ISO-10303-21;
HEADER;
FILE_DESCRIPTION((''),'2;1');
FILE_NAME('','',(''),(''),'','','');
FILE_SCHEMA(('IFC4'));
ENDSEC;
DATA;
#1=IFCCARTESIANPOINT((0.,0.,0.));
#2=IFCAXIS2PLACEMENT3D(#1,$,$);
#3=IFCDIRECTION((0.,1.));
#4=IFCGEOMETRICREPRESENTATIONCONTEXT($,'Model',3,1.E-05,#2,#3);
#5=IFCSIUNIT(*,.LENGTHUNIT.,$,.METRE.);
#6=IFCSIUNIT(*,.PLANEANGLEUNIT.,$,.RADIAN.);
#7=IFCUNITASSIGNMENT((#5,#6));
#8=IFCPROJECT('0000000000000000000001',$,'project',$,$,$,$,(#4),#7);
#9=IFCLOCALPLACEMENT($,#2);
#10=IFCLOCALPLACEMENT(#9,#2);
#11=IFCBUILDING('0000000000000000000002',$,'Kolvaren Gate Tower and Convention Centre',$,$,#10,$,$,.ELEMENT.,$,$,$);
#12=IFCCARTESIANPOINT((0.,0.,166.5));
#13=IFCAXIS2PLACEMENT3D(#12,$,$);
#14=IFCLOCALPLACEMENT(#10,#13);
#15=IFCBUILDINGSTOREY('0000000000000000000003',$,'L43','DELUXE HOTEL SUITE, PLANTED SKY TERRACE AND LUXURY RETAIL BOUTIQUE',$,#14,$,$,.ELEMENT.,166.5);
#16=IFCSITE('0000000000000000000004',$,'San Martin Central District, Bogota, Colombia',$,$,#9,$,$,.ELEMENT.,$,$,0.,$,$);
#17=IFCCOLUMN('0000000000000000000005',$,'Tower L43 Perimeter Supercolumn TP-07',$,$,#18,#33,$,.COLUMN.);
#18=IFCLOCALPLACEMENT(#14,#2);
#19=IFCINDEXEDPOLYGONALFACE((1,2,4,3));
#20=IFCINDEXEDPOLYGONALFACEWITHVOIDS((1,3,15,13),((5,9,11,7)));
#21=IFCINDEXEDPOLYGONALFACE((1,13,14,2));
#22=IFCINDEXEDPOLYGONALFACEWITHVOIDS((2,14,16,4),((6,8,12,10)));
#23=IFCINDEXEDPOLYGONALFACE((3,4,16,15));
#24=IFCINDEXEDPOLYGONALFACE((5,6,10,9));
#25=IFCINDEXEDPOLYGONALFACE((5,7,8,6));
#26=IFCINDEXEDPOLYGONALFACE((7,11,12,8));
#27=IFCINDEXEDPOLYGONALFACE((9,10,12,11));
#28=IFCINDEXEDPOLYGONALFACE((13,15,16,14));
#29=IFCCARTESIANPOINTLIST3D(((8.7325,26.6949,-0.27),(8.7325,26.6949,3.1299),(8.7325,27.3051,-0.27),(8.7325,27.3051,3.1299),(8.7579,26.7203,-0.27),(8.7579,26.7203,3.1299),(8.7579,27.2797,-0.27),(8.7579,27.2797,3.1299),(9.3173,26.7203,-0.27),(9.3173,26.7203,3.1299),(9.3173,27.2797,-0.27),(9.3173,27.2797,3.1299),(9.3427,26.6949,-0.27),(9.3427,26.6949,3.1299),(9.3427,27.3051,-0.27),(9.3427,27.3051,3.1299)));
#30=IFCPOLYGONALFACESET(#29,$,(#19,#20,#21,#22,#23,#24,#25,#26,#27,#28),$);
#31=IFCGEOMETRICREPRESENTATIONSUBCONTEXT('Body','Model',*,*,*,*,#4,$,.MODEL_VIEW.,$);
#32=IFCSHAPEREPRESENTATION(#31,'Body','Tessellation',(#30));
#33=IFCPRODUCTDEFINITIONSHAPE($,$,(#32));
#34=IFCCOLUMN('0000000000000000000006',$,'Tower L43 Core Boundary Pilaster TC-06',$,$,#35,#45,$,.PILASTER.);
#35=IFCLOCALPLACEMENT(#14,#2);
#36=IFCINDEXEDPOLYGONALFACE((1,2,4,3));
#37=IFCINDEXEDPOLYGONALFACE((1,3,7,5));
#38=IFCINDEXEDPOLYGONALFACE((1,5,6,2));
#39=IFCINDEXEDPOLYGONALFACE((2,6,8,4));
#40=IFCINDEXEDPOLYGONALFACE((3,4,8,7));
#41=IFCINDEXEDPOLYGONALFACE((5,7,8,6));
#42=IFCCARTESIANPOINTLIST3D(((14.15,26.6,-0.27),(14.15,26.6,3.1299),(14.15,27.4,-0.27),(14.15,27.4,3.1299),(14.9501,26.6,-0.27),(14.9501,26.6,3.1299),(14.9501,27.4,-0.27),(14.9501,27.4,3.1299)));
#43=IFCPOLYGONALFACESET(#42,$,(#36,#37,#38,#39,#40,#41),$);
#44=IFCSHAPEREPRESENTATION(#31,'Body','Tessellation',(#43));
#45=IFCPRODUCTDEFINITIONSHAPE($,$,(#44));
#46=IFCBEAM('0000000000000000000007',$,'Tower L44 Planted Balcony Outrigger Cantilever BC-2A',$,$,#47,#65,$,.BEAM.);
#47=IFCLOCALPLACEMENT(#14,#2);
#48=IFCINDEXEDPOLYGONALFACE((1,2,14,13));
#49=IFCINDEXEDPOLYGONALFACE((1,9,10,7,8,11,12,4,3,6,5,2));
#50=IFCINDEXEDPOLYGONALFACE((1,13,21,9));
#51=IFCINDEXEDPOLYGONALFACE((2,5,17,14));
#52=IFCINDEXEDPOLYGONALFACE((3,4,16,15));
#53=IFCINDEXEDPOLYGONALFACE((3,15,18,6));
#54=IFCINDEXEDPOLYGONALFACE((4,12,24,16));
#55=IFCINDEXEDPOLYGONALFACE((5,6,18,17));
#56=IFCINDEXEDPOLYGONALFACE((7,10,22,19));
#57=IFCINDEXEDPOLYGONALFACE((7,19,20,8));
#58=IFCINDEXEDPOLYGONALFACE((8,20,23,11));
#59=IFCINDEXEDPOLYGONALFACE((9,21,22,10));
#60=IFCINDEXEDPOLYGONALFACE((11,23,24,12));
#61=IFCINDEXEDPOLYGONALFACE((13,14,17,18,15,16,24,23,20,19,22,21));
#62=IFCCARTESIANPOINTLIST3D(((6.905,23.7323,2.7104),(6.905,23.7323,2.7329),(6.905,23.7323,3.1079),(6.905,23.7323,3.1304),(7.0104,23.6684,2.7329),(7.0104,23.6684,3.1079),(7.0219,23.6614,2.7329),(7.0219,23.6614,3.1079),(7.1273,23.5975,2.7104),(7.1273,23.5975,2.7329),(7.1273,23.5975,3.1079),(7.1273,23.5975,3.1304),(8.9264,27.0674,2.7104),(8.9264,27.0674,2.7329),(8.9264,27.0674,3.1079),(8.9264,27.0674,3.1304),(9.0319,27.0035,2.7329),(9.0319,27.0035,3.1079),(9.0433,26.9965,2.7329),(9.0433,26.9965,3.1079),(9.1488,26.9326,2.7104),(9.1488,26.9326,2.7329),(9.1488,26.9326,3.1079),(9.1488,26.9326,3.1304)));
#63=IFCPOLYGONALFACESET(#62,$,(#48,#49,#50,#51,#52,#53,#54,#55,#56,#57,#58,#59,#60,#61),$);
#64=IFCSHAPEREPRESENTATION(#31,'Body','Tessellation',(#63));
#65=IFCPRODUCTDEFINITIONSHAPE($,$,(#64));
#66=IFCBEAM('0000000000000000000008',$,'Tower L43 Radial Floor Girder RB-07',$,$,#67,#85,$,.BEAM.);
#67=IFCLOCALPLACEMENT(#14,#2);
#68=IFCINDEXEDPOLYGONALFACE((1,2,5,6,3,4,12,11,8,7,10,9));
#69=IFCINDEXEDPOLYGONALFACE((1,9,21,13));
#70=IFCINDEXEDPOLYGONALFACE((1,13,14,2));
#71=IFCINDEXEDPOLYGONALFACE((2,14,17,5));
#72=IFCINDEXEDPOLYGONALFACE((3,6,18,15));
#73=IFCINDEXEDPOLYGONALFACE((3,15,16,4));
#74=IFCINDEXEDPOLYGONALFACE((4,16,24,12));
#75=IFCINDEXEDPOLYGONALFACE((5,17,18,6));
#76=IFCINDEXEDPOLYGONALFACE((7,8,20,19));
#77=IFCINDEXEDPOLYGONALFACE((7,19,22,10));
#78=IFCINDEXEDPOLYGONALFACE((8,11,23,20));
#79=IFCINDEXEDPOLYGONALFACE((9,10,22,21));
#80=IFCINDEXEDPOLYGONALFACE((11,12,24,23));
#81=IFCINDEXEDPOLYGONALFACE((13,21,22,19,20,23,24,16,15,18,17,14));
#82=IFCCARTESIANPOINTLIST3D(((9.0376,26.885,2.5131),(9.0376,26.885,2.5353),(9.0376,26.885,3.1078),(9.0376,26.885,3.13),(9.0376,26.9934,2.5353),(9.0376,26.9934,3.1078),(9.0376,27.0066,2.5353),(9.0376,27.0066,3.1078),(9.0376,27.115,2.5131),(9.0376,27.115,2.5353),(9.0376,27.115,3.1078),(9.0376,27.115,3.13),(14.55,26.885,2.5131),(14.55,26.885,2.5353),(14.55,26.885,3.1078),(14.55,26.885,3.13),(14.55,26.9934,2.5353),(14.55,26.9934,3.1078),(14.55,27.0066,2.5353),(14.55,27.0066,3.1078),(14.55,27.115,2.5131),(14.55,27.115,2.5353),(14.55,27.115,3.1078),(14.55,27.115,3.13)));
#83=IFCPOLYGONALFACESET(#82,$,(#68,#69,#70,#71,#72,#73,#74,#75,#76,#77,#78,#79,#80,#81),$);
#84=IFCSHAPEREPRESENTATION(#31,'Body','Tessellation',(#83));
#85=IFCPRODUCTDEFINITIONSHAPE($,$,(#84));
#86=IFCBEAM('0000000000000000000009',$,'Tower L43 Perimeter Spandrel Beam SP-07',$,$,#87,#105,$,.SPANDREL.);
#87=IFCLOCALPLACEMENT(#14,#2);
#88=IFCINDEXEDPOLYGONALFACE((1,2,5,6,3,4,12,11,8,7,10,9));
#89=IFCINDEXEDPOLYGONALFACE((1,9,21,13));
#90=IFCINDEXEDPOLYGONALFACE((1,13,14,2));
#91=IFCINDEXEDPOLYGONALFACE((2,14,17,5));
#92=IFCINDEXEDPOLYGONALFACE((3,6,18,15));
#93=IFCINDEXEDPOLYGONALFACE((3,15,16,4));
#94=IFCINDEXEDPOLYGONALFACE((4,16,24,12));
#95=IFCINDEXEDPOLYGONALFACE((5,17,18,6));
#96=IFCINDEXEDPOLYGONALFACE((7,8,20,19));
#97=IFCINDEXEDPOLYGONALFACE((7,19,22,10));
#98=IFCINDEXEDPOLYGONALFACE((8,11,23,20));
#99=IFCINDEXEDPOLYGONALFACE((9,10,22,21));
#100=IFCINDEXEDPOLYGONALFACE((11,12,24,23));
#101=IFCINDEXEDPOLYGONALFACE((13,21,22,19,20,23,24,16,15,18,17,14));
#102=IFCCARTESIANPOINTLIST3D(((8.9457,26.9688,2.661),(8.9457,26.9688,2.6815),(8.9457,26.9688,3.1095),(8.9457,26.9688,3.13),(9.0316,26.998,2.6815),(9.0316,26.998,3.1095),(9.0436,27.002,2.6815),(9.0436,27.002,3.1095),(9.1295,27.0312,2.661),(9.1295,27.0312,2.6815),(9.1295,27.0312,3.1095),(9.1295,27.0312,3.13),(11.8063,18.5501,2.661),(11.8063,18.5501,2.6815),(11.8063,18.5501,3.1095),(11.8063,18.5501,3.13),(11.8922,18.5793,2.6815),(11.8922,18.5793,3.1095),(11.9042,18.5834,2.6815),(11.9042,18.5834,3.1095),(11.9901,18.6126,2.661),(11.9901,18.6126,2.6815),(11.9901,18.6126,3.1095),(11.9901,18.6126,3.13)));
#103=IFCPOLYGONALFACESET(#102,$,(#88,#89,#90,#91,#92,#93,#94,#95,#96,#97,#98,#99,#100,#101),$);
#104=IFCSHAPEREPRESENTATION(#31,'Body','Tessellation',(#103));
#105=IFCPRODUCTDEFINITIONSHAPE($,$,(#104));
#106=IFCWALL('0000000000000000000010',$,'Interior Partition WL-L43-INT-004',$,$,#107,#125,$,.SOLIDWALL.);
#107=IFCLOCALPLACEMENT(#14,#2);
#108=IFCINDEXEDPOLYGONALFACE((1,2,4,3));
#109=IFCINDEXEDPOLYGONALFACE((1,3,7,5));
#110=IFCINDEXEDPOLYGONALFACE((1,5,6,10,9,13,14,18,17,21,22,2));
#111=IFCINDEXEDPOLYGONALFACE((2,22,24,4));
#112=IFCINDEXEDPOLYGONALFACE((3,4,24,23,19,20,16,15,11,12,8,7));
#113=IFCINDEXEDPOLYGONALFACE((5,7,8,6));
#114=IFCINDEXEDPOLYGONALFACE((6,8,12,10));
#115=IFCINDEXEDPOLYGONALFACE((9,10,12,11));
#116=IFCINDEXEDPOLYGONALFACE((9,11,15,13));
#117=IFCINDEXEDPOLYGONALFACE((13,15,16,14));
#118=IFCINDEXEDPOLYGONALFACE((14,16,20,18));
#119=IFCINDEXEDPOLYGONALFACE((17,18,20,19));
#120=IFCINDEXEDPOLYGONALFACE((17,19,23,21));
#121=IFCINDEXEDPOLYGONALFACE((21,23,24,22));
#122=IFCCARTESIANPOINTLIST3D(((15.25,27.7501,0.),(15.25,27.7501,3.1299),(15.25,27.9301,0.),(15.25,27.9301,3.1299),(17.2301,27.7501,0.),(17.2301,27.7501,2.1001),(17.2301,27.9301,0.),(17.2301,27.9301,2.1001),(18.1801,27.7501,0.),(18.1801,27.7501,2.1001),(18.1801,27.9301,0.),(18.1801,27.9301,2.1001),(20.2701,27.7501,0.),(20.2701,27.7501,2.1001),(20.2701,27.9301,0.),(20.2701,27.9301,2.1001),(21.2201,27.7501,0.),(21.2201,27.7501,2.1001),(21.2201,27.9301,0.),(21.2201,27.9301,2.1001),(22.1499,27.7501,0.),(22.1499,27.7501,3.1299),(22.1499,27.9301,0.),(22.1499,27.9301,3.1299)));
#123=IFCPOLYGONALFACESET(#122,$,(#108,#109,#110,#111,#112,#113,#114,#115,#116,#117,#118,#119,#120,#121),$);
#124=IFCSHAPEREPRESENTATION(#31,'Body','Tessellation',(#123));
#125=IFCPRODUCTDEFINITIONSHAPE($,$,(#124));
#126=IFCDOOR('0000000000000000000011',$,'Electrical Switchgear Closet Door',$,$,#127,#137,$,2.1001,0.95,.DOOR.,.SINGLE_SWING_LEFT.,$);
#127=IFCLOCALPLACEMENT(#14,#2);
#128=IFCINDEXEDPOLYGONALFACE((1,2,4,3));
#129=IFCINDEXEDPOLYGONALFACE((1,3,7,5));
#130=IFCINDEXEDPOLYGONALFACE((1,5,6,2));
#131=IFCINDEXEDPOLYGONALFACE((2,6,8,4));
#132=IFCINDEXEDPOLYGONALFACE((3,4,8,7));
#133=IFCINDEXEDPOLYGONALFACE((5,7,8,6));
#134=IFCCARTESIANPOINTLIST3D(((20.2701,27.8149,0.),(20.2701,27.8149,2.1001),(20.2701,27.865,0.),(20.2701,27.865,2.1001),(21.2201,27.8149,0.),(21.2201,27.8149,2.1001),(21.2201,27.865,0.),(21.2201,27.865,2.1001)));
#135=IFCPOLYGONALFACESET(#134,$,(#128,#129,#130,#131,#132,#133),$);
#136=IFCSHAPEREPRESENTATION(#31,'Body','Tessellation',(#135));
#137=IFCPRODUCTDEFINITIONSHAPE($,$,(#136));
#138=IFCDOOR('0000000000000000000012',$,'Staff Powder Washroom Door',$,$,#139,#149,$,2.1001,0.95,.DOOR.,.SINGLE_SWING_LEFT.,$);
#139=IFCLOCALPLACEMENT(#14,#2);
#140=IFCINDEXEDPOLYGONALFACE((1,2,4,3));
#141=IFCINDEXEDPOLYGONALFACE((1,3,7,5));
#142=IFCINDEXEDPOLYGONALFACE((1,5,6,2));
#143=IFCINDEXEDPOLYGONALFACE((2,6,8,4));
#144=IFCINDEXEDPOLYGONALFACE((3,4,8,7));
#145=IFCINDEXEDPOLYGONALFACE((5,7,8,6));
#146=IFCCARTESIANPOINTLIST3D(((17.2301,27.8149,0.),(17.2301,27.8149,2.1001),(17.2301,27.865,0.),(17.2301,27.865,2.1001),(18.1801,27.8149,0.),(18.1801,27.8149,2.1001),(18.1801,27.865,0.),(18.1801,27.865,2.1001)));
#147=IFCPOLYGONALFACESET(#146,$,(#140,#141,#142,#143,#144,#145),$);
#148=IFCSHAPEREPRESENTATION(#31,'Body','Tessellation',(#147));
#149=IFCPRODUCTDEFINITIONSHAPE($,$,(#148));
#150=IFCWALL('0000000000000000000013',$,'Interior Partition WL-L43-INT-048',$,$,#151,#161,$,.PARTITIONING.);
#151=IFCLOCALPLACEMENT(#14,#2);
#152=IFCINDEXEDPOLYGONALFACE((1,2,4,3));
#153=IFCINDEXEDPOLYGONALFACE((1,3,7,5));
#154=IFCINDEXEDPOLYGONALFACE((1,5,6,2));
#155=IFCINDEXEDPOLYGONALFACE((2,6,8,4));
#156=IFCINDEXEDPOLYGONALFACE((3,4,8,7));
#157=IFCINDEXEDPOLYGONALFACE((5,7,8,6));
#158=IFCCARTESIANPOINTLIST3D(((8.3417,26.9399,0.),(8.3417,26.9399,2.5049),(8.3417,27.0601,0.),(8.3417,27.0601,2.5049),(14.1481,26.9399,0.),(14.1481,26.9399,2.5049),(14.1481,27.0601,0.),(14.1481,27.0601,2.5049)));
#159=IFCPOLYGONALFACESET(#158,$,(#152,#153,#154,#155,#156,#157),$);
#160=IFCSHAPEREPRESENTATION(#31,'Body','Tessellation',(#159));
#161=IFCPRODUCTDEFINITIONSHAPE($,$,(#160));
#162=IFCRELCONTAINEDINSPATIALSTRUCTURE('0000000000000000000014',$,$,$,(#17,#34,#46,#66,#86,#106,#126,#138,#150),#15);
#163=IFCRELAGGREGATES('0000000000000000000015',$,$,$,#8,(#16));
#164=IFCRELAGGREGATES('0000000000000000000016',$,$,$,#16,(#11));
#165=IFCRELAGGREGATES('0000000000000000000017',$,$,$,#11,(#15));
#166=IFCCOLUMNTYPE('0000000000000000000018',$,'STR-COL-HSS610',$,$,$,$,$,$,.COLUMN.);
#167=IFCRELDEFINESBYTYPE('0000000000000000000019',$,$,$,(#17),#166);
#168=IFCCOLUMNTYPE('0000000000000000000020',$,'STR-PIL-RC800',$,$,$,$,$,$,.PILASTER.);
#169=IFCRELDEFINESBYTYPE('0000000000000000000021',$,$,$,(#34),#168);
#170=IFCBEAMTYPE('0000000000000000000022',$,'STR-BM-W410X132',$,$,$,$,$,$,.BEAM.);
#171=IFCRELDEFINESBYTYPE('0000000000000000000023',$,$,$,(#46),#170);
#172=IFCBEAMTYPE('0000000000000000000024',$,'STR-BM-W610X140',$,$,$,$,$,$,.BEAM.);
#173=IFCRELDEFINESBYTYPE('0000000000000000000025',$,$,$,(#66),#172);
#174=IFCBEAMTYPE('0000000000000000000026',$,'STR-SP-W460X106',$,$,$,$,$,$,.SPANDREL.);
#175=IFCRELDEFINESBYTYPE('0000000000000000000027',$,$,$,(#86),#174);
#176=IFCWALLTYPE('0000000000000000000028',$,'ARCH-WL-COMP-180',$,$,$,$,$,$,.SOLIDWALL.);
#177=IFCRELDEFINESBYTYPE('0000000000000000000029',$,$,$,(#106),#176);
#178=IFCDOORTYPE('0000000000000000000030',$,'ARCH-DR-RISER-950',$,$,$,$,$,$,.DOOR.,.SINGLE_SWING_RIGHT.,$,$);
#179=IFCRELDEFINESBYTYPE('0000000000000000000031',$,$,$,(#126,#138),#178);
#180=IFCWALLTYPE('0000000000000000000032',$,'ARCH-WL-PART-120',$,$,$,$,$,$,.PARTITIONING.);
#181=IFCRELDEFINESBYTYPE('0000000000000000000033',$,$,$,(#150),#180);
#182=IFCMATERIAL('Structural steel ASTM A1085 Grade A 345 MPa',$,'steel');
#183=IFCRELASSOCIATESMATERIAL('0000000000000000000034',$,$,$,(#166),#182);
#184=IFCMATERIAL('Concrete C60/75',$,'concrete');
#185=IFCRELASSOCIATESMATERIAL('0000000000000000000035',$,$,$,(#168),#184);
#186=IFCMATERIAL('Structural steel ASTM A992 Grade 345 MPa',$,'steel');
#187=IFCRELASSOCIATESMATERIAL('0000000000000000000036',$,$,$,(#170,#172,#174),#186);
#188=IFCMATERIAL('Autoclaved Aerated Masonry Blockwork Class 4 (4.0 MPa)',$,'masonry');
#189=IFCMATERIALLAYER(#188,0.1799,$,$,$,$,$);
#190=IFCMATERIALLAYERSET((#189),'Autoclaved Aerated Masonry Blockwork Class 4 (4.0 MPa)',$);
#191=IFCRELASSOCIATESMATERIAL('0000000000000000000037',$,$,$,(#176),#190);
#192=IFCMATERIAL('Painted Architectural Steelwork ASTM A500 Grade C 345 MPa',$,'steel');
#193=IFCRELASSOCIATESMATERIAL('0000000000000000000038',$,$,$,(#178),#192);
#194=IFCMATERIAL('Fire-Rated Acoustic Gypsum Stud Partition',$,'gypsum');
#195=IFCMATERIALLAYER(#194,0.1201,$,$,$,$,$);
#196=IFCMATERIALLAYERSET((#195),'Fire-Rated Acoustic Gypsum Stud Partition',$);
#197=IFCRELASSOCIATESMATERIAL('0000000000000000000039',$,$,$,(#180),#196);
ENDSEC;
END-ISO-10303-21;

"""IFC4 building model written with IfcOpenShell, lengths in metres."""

from ifc_helpers import new_model, si_unit, direction, frame, frame_2d, origin, origin_2d, place, context, subcontext, project, spatial, rectangle, hollow_rectangle, i_section, extrude, material, layer, layer_set, material_profile, profile_set, type_object, element, fill, save


model = new_model("IFC4")

# Units and contexts
model_context = context("Model", 3, precision=1e-05, world=origin(), true_north=direction((0.0, 1.0)))
body_context = subcontext(model_context, "Body", "Model", "MODEL_VIEW")
ifc_project = project(units=[si_unit("LENGTHUNIT", "METRE"), si_unit("PLANEANGLEUNIT", "RADIAN")], contexts=[model_context])

# Site, building, storey
site_placement = place(None, origin())
site = spatial("IfcSite", under=ifc_project, at=site_placement, Name="San Martin Central District, Bogota, Colombia", CompositionType="ELEMENT", RefElevation=0.0)
building_placement = place(site_placement, origin())
building = spatial("IfcBuilding", under=site, at=building_placement, Name="Kolvaren Gate Tower and Convention Centre", CompositionType="ELEMENT")
storey_placement = place(building_placement, frame((0.0, 0.0, 166.5)))
storey = spatial("IfcBuildingStorey", under=building, at=storey_placement, Name="L43", Description="DELUXE HOTEL SUITE, PLANTED SKY TERRACE AND LUXURY RETAIL BOUTIQUE", CompositionType="ELEMENT", Elevation=166.5)

# Columns
ifc_material_1 = material(Name="Structural steel ASTM A1085 Grade A 345 MPa", Category="steel")
ifc_material_profile_1 = material_profile(ifc_material_1, hollow_rectangle(XDim=0.6101, YDim=0.6101, WallThickness=0.0254, at=origin_2d()), Name="HSS610X610X25.4")
ifc_profile_set_1 = profile_set([ifc_material_profile_1], Name="Structural steel ASTM A1085 Grade A 345 MPa")
column_type_1 = type_object("IfcColumnType", Name="STR-COL-HSS610", PredefinedType="COLUMN", material=ifc_profile_set_1)
column_1_placement = place(storey_placement, frame((9.0376, 27.0, -0.27), z_axis=(0.0, 0.0, 1.0), x_axis=(1.0, 0.0, 0.0)))
element("IfcColumn", 1, at=column_1_placement, inside=storey, type_object=column_type_1, Name="Tower L43 Perimeter Supercolumn TP-07", PredefinedType="COLUMN", context=body_context, shape_type="SweptSolid", body=[
    extrude(hollow_rectangle(XDim=0.6101, YDim=0.6101, WallThickness=0.0254, at=origin_2d()), origin(), (0.0, 0.0, 1.0), 3.3999),
])
ifc_material_2 = material(Name="Concrete C60/75", Category="concrete")
ifc_material_profile_2 = material_profile(ifc_material_2, rectangle(XDim=0.8, YDim=0.8, at=origin_2d()), Name="RC-COL-800X800")
ifc_profile_set_2 = profile_set([ifc_material_profile_2], Name="Concrete C60/75")
column_type_2 = type_object("IfcColumnType", Name="STR-PIL-RC800", PredefinedType="PILASTER", material=ifc_profile_set_2)
column_2_placement = place(storey_placement, frame((14.55, 27.0, -0.27), z_axis=(0.0, 0.0, 1.0), x_axis=(1.0, 0.0, 0.0)))
element("IfcColumn", 2, at=column_2_placement, inside=storey, type_object=column_type_2, Name="Tower L43 Core Boundary Pilaster TC-06", PredefinedType="PILASTER", context=body_context, shape_type="SweptSolid", body=[
    extrude(rectangle(XDim=0.8, YDim=0.8, at=origin_2d()), origin(), (0.0, 0.0, 1.0), 3.3999),
])

# Beams
ifc_material_3 = material(Name="Structural steel ASTM A992 Grade 345 MPa", Category="steel")
ifc_material_profile_3 = material_profile(ifc_material_3, i_section(OverallWidth=0.26, OverallDepth=0.4199, WebThickness=0.0134, FlangeThickness=0.0225, at=origin_2d()), Name="W410X132")
ifc_profile_set_3 = profile_set([ifc_material_profile_3], Name="Structural steel ASTM A992 Grade 345 MPa")
beam_type_1 = type_object("IfcBeamType", Name="STR-BM-W410X132", PredefinedType="BEAM", material=ifc_profile_set_3)
beam_1_placement = place(storey_placement, frame((9.0376, 27.0, 2.9204), z_axis=(-0.518329, -0.855181, 0.0), x_axis=(0.855181, -0.518329, 0.0)))
element("IfcBeam", 3, at=beam_1_placement, inside=storey, type_object=beam_type_1, Name="Tower L44 Planted Balcony Outrigger Cantilever BC-2A", PredefinedType="BEAM", context=body_context, shape_type="SweptSolid", body=[
    extrude(i_section(OverallWidth=0.26, OverallDepth=0.4199, WebThickness=0.0134, FlangeThickness=0.0225, at=origin_2d()), origin(), (0.0, 0.0, 1.0), 3.8999),
])
ifc_material_profile_4 = material_profile(ifc_material_3, i_section(OverallWidth=0.23, OverallDepth=0.6169, WebThickness=0.0132, FlangeThickness=0.0222, at=origin_2d()), Name="W610X140")
ifc_profile_set_4 = profile_set([ifc_material_profile_4], Name="Structural steel ASTM A992 Grade 345 MPa")
beam_type_2 = type_object("IfcBeamType", Name="STR-BM-W610X140", PredefinedType="BEAM", material=ifc_profile_set_4)
beam_2_placement = place(storey_placement, frame((14.55, 27.0, 2.8215), z_axis=(-1.0, 0.0, 0.0), x_axis=(0.0, -1.0, 0.0)))
element("IfcBeam", 4, at=beam_2_placement, inside=storey, type_object=beam_type_2, Name="Tower L43 Radial Floor Girder RB-07", PredefinedType="BEAM", context=body_context, shape_type="SweptSolid", body=[
    extrude(i_section(OverallWidth=0.23, OverallDepth=0.6169, WebThickness=0.0132, FlangeThickness=0.0222, at=origin_2d()), origin(), (0.0, 0.0, 1.0), 5.5125),
])
ifc_material_profile_5 = material_profile(ifc_material_3, i_section(OverallWidth=0.1941, OverallDepth=0.469, WebThickness=0.0127, FlangeThickness=0.0205, at=origin_2d()), Name="W460X106")
ifc_profile_set_5 = profile_set([ifc_material_profile_5], Name="Structural steel ASTM A992 Grade 345 MPa")
beam_type_3 = type_object("IfcBeamType", Name="STR-SP-W460X106", PredefinedType="SPANDREL", material=ifc_profile_set_5)
beam_3_placement = place(storey_placement, frame((9.0376, 27.0, 2.8955), z_axis=(0.321725, -0.946833, 0.0), x_axis=(0.946833, 0.321725, 0.0)))
element("IfcBeam", 5, at=beam_3_placement, inside=storey, type_object=beam_type_3, Name="Tower L43 Perimeter Spandrel Beam SP-07", PredefinedType="SPANDREL", context=body_context, shape_type="SweptSolid", body=[
    extrude(i_section(OverallWidth=0.1941, OverallDepth=0.469, WebThickness=0.0127, FlangeThickness=0.0205, at=origin_2d()), origin(), (0.0, 0.0, 1.0), 8.8914),
])

# Wall, openings, doors
ifc_material_4 = material(Name="Autoclaved Aerated Masonry Blockwork Class 4 (4.0 MPa)", Category="masonry")
ifc_layer_1 = layer(ifc_material_4, 0.1799)
ifc_layer_set_1 = layer_set([ifc_layer_1], Name="Autoclaved Aerated Masonry Blockwork Class 4 (4.0 MPa)")
wall_type_1 = type_object("IfcWallType", Name="ARCH-WL-COMP-180", PredefinedType="SOLIDWALL", material=ifc_layer_set_1)
wall_1_placement = place(storey_placement, frame((15.25, 27.8401, 0.0), z_axis=(0.0, 0.0, 1.0), x_axis=(1.0, 0.0, 0.0)))
wall_1 = element("IfcWall", 6, at=wall_1_placement, inside=storey, type_object=wall_type_1, Name="Interior Partition WL-L43-INT-004", PredefinedType="SOLIDWALL", context=body_context, shape_type="SweptSolid", body=[
    extrude(rectangle(XDim=6.8999, YDim=0.1799, at=frame_2d((3.45, 0.0))), origin(), (0.0, 0.0, 1.0), 3.1299),
])
opening_1_placement = place(wall_1_placement, frame((5.02, 0.0, 0.0)))
opening_1 = element("IfcOpeningElement", 7, at=opening_1_placement, cuts=wall_1, PredefinedType="OPENING", context=body_context, shape_type="SweptSolid", body=[
    extrude(rectangle(XDim=0.95, YDim=2.1001, at=frame_2d((0.4751, 1.05))), frame((0.0, 0.0999, 0.0), z_axis=(0.0, -1.0, 0.0), x_axis=(1.0, 0.0, 0.0)), (0.0, 0.0, 1.0), 0.2),
])
opening_2_placement = place(wall_1_placement, frame((1.98, 0.0, 0.0)))
opening_2 = element("IfcOpeningElement", 8, at=opening_2_placement, cuts=wall_1, PredefinedType="OPENING", context=body_context, shape_type="SweptSolid", body=[
    extrude(rectangle(XDim=0.95, YDim=2.1001, at=frame_2d((0.4751, 1.05))), frame((0.0, 0.0999, 0.0), z_axis=(0.0, -1.0, 0.0), x_axis=(1.0, 0.0, 0.0)), (0.0, 0.0, 1.0), 0.2),
])
ifc_material_5 = material(Name="Painted Architectural Steelwork ASTM A500 Grade C 345 MPa", Category="steel")
door_type_1 = type_object("IfcDoorType", Name="ARCH-DR-RISER-950", OperationType="SINGLE_SWING_RIGHT", PredefinedType="DOOR", material=ifc_material_5)
door_1_placement = place(opening_1_placement, origin())
door_1 = element("IfcDoor", 9, at=door_1_placement, inside=storey, type_object=door_type_1, Name="Electrical Switchgear Closet Door", OperationType="SINGLE_SWING_LEFT", OverallHeight=2.1001, OverallWidth=0.95, PredefinedType="DOOR", context=body_context, shape_type="SweptSolid", body=[
    extrude(rectangle(XDim=0.95, YDim=2.1001, at=frame_2d((0.4751, 1.05))), frame((0.0, 0.0249, 0.0), z_axis=(0.0, -1.0, 0.0), x_axis=(1.0, 0.0, 0.0)), (0.0, 0.0, 1.0), 0.05),
])
fill(opening_1, door_1)
door_2_placement = place(opening_2_placement, origin())
door_2 = element("IfcDoor", 10, at=door_2_placement, inside=storey, type_object=door_type_1, Name="Staff Powder Washroom Door", OperationType="SINGLE_SWING_LEFT", OverallHeight=2.1001, OverallWidth=0.95, PredefinedType="DOOR", context=body_context, shape_type="SweptSolid", body=[
    extrude(rectangle(XDim=0.95, YDim=2.1001, at=frame_2d((0.4751, 1.05))), frame((0.0, 0.0249, 0.0), z_axis=(0.0, -1.0, 0.0), x_axis=(1.0, 0.0, 0.0)), (0.0, 0.0, 1.0), 0.05),
])
fill(opening_2, door_2)

# Wall
ifc_material_6 = material(Name="Fire-Rated Acoustic Gypsum Stud Partition", Category="gypsum")
ifc_layer_2 = layer(ifc_material_6, 0.1201)
ifc_layer_set_2 = layer_set([ifc_layer_2], Name="Fire-Rated Acoustic Gypsum Stud Partition")
wall_type_2 = type_object("IfcWallType", Name="ARCH-WL-PART-120", PredefinedType="PARTITIONING", material=ifc_layer_set_2)
wall_2_placement = place(storey_placement, frame((8.3416, 27.0, 0.0), z_axis=(0.0, 0.0, 1.0), x_axis=(1.0, 0.0, 0.0)))
element("IfcWall", 11, at=wall_2_placement, inside=storey, type_object=wall_type_2, Name="Interior Partition WL-L43-INT-048", PredefinedType="PARTITIONING", context=body_context, shape_type="SweptSolid", body=[
    extrude(rectangle(XDim=5.8064, YDim=0.1201, at=frame_2d((2.9033, 0.0))), origin(), (0.0, 0.0, 1.0), 2.5049),
])

save(model, "model.ifc")
